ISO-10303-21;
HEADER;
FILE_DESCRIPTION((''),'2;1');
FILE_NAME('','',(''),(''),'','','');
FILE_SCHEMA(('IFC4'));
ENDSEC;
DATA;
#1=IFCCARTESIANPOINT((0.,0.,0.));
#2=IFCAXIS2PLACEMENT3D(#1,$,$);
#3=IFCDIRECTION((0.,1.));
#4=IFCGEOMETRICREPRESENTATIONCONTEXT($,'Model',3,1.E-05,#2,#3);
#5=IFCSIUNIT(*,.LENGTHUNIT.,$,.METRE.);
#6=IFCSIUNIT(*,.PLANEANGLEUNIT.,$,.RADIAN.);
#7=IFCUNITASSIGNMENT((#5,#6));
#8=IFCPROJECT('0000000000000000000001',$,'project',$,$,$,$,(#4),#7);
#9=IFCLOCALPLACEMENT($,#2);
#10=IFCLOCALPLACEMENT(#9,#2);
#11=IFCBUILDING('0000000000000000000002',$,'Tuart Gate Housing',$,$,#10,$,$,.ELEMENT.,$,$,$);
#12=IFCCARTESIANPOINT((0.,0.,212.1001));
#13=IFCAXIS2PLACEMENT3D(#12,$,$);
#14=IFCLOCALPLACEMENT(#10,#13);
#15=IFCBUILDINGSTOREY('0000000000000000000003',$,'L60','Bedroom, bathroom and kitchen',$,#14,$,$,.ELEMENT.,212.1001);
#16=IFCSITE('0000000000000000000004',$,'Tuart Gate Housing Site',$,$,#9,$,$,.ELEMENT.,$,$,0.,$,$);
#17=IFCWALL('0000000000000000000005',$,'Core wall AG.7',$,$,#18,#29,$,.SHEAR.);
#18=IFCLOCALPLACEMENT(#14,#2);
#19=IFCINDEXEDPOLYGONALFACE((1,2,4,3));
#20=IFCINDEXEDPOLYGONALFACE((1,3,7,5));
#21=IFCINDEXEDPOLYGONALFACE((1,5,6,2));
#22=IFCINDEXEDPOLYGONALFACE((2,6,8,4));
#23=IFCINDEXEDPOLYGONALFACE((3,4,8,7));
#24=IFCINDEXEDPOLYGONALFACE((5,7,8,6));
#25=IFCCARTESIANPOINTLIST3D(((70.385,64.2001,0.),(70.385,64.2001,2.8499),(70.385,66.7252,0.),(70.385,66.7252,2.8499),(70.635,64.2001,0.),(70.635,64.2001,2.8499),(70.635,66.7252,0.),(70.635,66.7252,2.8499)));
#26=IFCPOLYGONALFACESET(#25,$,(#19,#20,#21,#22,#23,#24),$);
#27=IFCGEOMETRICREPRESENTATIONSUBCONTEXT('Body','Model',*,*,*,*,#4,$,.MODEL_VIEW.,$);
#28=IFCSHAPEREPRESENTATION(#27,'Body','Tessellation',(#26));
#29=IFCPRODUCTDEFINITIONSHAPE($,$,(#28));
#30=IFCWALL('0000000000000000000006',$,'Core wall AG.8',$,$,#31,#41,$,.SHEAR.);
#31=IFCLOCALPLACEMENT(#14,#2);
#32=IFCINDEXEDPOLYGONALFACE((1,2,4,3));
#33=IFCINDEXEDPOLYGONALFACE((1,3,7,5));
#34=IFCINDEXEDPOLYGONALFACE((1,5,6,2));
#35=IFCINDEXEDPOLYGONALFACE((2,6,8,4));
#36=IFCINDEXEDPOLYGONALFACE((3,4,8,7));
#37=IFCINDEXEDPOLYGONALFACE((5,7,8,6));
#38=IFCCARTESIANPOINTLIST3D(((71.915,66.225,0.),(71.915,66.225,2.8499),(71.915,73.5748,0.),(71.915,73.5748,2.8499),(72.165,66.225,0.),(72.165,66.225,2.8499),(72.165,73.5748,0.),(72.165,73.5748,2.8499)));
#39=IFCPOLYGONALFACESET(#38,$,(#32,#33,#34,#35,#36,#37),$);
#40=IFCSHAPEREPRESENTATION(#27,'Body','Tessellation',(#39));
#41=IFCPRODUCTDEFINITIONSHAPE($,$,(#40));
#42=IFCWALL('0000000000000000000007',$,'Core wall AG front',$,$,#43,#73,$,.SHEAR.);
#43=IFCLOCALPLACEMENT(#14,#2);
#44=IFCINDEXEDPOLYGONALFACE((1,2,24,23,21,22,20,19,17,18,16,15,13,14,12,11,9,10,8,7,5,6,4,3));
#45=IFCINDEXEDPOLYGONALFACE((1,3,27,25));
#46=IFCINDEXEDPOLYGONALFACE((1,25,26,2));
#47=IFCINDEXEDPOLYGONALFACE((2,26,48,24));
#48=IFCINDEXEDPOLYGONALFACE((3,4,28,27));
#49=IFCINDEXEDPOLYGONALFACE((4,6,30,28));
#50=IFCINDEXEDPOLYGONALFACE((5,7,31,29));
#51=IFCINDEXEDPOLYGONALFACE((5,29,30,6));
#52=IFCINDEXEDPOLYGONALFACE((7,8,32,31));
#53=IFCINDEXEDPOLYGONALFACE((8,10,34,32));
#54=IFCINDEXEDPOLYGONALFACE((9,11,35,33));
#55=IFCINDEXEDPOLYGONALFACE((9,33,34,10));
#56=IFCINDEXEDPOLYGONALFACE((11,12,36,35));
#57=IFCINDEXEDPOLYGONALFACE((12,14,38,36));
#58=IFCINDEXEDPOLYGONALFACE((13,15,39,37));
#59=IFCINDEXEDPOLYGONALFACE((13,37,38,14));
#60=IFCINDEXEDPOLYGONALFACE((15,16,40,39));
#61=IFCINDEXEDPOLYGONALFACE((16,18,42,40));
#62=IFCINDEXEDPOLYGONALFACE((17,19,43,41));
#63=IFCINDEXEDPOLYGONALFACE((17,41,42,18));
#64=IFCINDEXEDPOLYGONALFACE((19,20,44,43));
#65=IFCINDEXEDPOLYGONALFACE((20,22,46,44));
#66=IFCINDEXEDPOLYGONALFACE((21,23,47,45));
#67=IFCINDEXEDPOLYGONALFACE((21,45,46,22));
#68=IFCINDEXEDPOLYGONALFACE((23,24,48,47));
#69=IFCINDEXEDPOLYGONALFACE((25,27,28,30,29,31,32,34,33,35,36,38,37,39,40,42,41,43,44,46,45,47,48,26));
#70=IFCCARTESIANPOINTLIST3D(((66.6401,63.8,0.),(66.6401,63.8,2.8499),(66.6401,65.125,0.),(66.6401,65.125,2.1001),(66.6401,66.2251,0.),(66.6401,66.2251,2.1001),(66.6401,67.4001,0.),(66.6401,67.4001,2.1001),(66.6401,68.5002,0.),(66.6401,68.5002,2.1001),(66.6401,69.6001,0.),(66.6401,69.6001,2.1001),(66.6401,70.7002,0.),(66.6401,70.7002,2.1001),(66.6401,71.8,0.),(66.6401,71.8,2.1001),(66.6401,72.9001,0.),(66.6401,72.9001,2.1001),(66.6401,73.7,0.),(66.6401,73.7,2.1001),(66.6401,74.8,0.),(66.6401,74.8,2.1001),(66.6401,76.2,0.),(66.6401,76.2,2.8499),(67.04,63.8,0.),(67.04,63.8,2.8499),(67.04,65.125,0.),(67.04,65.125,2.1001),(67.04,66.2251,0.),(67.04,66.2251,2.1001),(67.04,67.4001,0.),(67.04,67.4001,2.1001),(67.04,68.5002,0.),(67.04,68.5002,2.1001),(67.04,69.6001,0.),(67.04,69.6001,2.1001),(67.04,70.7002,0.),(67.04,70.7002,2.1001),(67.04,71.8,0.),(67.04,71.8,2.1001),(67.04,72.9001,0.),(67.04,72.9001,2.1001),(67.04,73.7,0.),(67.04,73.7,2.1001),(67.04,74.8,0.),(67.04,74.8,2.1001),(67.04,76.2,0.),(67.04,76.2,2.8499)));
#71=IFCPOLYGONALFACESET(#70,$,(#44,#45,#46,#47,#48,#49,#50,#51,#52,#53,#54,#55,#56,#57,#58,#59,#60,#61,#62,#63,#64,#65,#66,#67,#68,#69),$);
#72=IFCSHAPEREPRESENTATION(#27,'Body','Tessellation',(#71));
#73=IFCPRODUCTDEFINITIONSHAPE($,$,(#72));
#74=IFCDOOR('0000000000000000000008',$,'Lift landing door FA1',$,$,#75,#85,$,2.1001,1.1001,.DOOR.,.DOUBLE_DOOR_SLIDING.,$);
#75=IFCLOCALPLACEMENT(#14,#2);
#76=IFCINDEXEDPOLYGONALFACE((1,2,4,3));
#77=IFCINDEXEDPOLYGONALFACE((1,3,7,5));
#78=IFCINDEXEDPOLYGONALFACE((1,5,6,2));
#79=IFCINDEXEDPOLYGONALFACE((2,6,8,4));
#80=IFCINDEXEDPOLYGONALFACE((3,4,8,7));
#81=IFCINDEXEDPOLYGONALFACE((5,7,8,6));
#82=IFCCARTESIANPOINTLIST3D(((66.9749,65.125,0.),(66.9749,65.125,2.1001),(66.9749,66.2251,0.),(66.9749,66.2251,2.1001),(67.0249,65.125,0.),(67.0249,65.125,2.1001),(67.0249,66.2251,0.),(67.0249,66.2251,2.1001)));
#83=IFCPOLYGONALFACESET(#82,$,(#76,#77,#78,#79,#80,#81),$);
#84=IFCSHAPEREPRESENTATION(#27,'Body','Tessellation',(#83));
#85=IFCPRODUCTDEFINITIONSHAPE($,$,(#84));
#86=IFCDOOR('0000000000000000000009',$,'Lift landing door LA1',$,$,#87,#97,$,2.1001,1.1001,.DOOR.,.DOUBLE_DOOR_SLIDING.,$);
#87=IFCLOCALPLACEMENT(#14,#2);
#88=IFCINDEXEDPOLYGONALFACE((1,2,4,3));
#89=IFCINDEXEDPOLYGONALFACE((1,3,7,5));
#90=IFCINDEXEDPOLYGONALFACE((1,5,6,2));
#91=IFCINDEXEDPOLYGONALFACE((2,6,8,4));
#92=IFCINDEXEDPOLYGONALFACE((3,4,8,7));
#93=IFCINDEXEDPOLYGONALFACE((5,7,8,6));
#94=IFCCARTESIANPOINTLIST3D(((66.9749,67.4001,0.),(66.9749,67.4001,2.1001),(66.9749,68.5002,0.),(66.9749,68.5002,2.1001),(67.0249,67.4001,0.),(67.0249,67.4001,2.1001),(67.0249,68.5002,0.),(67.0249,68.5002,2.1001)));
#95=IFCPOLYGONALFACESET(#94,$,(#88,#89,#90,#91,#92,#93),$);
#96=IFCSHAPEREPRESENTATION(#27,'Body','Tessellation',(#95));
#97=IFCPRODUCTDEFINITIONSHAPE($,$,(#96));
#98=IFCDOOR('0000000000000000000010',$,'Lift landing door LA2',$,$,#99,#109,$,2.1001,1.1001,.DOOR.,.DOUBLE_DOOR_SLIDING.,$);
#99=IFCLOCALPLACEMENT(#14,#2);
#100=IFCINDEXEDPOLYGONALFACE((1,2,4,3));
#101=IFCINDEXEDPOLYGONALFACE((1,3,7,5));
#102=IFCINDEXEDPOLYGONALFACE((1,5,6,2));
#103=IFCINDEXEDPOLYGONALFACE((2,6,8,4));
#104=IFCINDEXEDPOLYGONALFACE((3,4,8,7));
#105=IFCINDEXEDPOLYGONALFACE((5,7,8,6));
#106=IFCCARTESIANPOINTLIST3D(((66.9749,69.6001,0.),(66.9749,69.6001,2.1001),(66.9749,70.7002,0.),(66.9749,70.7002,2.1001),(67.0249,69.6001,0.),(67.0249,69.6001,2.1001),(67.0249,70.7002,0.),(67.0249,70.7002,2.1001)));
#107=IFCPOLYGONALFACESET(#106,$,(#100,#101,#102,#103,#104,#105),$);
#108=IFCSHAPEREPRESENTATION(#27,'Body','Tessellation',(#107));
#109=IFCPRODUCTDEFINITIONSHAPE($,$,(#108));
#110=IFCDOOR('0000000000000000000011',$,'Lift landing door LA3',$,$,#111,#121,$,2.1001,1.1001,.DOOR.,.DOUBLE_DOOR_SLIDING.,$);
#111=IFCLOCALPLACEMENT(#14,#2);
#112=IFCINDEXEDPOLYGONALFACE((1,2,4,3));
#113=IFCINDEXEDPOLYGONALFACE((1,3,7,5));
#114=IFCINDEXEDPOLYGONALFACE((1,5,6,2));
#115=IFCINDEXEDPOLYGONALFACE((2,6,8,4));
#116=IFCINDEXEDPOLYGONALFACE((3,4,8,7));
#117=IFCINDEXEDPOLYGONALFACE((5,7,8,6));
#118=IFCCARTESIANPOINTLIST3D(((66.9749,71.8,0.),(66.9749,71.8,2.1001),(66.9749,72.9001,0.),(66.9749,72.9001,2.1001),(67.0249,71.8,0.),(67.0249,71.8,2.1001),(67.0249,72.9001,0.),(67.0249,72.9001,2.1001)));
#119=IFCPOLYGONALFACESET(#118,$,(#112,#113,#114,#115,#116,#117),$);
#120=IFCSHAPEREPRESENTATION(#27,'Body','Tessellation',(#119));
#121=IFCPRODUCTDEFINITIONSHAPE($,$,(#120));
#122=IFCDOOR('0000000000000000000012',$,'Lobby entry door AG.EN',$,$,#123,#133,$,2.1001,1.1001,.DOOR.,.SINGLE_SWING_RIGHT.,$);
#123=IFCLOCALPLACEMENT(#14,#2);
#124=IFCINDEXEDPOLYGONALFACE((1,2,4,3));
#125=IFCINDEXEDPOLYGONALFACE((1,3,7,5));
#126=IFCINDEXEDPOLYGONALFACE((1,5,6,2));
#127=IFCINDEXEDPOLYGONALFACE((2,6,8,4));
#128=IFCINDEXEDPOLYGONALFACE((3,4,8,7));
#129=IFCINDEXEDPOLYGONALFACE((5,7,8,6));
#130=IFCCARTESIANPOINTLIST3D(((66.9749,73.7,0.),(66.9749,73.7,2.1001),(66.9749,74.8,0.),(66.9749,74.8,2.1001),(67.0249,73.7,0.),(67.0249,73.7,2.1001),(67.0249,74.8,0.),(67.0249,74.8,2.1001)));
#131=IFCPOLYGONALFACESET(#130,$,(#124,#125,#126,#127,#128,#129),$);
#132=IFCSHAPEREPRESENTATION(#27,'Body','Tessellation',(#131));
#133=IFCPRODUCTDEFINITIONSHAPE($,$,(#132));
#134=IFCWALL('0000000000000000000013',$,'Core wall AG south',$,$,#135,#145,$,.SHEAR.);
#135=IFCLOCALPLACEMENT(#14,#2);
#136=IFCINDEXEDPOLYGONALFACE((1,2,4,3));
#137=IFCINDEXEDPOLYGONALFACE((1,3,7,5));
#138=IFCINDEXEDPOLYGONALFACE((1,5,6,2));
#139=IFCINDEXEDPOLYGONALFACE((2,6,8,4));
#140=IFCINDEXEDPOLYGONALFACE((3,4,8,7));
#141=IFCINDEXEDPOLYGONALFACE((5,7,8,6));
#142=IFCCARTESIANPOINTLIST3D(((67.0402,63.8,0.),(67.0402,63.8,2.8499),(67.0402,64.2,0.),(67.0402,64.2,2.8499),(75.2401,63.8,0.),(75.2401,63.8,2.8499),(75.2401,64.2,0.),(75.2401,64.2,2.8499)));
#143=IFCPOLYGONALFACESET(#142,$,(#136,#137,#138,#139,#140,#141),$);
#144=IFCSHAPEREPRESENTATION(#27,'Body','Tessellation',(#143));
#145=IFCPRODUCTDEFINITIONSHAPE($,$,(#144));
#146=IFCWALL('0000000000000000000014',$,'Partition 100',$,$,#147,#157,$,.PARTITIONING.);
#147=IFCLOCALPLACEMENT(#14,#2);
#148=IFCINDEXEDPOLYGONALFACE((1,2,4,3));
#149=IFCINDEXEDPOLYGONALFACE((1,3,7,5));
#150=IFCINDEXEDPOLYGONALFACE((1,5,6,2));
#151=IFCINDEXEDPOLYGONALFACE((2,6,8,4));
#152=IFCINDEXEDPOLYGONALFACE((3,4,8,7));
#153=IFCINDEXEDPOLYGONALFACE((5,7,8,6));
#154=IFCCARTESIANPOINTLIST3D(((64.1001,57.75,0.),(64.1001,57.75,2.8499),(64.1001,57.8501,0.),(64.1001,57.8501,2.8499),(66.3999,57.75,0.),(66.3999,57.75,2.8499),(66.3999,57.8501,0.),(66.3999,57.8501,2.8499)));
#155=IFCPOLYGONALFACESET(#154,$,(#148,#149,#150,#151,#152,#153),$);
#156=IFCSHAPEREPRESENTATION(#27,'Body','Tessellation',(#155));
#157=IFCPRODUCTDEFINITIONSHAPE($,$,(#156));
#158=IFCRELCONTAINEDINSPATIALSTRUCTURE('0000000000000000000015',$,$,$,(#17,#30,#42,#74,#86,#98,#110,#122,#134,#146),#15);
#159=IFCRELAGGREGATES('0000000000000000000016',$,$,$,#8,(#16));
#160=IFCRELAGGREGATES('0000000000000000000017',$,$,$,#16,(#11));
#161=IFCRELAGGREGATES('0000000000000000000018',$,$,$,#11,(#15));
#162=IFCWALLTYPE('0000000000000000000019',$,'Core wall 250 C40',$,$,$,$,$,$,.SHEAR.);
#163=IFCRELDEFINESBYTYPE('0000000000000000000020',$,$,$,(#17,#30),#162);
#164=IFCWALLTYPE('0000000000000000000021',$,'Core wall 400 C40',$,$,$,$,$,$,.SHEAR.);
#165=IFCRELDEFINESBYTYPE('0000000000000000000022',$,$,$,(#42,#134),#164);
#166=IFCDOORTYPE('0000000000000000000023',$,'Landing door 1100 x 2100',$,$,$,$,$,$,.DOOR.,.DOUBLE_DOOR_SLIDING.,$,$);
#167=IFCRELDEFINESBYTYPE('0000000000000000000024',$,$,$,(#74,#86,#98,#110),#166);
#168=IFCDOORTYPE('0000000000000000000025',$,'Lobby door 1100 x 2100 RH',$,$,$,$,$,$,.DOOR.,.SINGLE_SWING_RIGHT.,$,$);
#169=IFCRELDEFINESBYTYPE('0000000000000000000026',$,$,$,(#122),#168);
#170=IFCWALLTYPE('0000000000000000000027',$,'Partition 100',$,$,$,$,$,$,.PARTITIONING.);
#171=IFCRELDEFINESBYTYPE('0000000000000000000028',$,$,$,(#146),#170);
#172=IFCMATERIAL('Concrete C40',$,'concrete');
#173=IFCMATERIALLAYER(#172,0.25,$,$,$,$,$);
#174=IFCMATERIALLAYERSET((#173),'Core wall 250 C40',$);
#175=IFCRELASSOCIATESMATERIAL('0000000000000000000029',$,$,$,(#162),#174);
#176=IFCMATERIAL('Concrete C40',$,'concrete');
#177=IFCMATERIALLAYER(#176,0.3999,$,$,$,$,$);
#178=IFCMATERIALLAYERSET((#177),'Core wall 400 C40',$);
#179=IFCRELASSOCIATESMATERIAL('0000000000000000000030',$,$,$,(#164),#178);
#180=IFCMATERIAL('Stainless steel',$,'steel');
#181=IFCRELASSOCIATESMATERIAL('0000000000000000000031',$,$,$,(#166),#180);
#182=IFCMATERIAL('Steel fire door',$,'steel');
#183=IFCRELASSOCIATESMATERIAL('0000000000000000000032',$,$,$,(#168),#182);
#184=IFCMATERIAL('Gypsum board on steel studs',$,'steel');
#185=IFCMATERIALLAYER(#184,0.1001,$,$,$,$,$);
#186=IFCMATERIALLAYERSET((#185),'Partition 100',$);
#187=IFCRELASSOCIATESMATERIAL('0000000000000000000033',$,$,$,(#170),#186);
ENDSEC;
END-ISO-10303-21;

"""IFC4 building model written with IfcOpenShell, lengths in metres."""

from ifc_helpers import new_model, si_unit, direction, frame, frame_2d, origin, place, context, subcontext, project, spatial, rectangle, extrude, material, layer, layer_set, type_object, element, fill, save


model = new_model("IFC4")

# Units and contexts
model_context = context("Model", 3, precision=1e-05, world=origin(), true_north=direction((0.0, 1.0)))
body_context = subcontext(model_context, "Body", "Model", "MODEL_VIEW")
ifc_project = project(units=[si_unit("LENGTHUNIT", "METRE"), si_unit("PLANEANGLEUNIT", "RADIAN")], contexts=[model_context])

# Site, building, storey
site_placement = place(None, origin())
site = spatial("IfcSite", under=ifc_project, at=site_placement, Name="Tuart Gate Housing Site", CompositionType="ELEMENT", RefElevation=0.0)
building_placement = place(site_placement, origin())
building = spatial("IfcBuilding", under=site, at=building_placement, Name="Tuart Gate Housing", CompositionType="ELEMENT")
storey_placement = place(building_placement, frame((0.0, 0.0, 212.1001)))
storey = spatial("IfcBuildingStorey", under=building, at=storey_placement, Name="L60", Description="Bedroom, bathroom and kitchen", CompositionType="ELEMENT", Elevation=212.1001)

# Walls
ifc_material_1 = material(Name="Concrete C40", Category="concrete")
ifc_layer_1 = layer(ifc_material_1, 0.25)
ifc_layer_set_1 = layer_set([ifc_layer_1], Name="Core wall 250 C40")
wall_type_1 = type_object("IfcWallType", Name="Core wall 250 C40", PredefinedType="SHEAR", material=ifc_layer_set_1)
wall_1_placement = place(storey_placement, frame((70.51, 64.2, 0.0), z_axis=(0.0, 0.0, 1.0), x_axis=(0.0, 1.0, 0.0)))
element("IfcWall", 1, at=wall_1_placement, inside=storey, type_object=wall_type_1, Name="Core wall AG.7", PredefinedType="SHEAR", context=body_context, shape_type="SweptSolid", body=[
    extrude(rectangle(XDim=2.5251, YDim=0.25, at=frame_2d((1.2627, 0.0))), origin(), (0.0, 0.0, 1.0), 2.8499),
])
wall_2_placement = place(storey_placement, frame((72.04, 66.2251, 0.0), z_axis=(0.0, 0.0, 1.0), x_axis=(0.0, 1.0, 0.0)))
element("IfcWall", 2, at=wall_2_placement, inside=storey, type_object=wall_type_1, Name="Core wall AG.8", PredefinedType="SHEAR", context=body_context, shape_type="SweptSolid", body=[
    extrude(rectangle(XDim=7.3499, YDim=0.25, at=frame_2d((3.6748, 0.0))), origin(), (0.0, 0.0, 1.0), 2.8499),
])

# Wall, openings, doors
ifc_material_2 = material(Name="Concrete C40", Category="concrete")
ifc_layer_2 = layer(ifc_material_2, 0.3999)
ifc_layer_set_2 = layer_set([ifc_layer_2], Name="Core wall 400 C40")
wall_type_2 = type_object("IfcWallType", Name="Core wall 400 C40", PredefinedType="SHEAR", material=ifc_layer_set_2)
wall_3_placement = place(storey_placement, frame((66.8401, 63.8, 0.0), z_axis=(0.0, 0.0, 1.0), x_axis=(0.0, 1.0, 0.0)))
wall_3 = element("IfcWall", 3, at=wall_3_placement, inside=storey, type_object=wall_type_2, Name="Core wall AG front", PredefinedType="SHEAR", context=body_context, shape_type="SweptSolid", body=[
    extrude(rectangle(XDim=12.3999, YDim=0.3999, at=frame_2d((6.2, 0.0))), origin(), (0.0, 0.0, 1.0), 2.8499),
])
opening_1_placement = place(wall_3_placement, frame((1.325, 0.0, 0.0)))
opening_1 = element("IfcOpeningElement", 4, at=opening_1_placement, cuts=wall_3, PredefinedType="OPENING", context=body_context, shape_type="SweptSolid", body=[
    extrude(rectangle(XDim=1.1001, YDim=2.1001, at=frame_2d((0.55, 1.05))), frame((0.0, 0.21, 0.0), z_axis=(0.0, -1.0, 0.0), x_axis=(1.0, 0.0, 0.0)), (0.0, 0.0, 1.0), 0.4199),
])
opening_2_placement = place(wall_3_placement, frame((3.6001, 0.0, 0.0)))
opening_2 = element("IfcOpeningElement", 5, at=opening_2_placement, cuts=wall_3, PredefinedType="OPENING", context=body_context, shape_type="SweptSolid", body=[
    extrude(rectangle(XDim=1.1001, YDim=2.1001, at=frame_2d((0.55, 1.05))), frame((0.0, 0.21, 0.0), z_axis=(0.0, -1.0, 0.0), x_axis=(1.0, 0.0, 0.0)), (0.0, 0.0, 1.0), 0.4199),
])
opening_3_placement = place(wall_3_placement, frame((5.8, 0.0, 0.0)))
opening_3 = element("IfcOpeningElement", 6, at=opening_3_placement, cuts=wall_3, PredefinedType="OPENING", context=body_context, shape_type="SweptSolid", body=[
    extrude(rectangle(XDim=1.1001, YDim=2.1001, at=frame_2d((0.55, 1.05))), frame((0.0, 0.21, 0.0), z_axis=(0.0, -1.0, 0.0), x_axis=(1.0, 0.0, 0.0)), (0.0, 0.0, 1.0), 0.4199),
])
opening_4_placement = place(wall_3_placement, frame((8.0, 0.0, 0.0)))
opening_4 = element("IfcOpeningElement", 7, at=opening_4_placement, cuts=wall_3, PredefinedType="OPENING", context=body_context, shape_type="SweptSolid", body=[
    extrude(rectangle(XDim=1.1001, YDim=2.1001, at=frame_2d((0.55, 1.05))), frame((0.0, 0.21, 0.0), z_axis=(0.0, -1.0, 0.0), x_axis=(1.0, 0.0, 0.0)), (0.0, 0.0, 1.0), 0.4199),
])
opening_5_placement = place(wall_3_placement, frame((9.8999, 0.0, 0.0)))
opening_5 = element("IfcOpeningElement", 8, at=opening_5_placement, cuts=wall_3, PredefinedType="OPENING", context=body_context, shape_type="SweptSolid", body=[
    extrude(rectangle(XDim=1.1001, YDim=2.1001, at=frame_2d((0.55, 1.05))), frame((0.0, 0.21, 0.0), z_axis=(0.0, -1.0, 0.0), x_axis=(1.0, 0.0, 0.0)), (0.0, 0.0, 1.0), 0.4199),
])
ifc_material_3 = material(Name="Stainless steel", Category="steel")
door_type_1 = type_object("IfcDoorType", Name="Landing door 1100 x 2100", OperationType="DOUBLE_DOOR_SLIDING", PredefinedType="DOOR", material=ifc_material_3)
door_1_placement = place(opening_1_placement, origin())
door_1 = element("IfcDoor", 9, at=door_1_placement, inside=storey, type_object=door_type_1, Name="Lift landing door FA1", OperationType="DOUBLE_DOOR_SLIDING", OverallHeight=2.1001, OverallWidth=1.1001, PredefinedType="DOOR", context=body_context, shape_type="SweptSolid", body=[
    extrude(rectangle(XDim=1.1001, YDim=2.1001, at=frame_2d((0.55, 1.05))), frame((0.0, -0.1348, 0.0), z_axis=(0.0, -1.0, 0.0), x_axis=(1.0, 0.0, 0.0)), (0.0, 0.0, 1.0), 0.05),
])
fill(opening_1, door_1)
door_2_placement = place(opening_2_placement, origin())
door_2 = element("IfcDoor", 10, at=door_2_placement, inside=storey, type_object=door_type_1, Name="Lift landing door LA1", OperationType="DOUBLE_DOOR_SLIDING", OverallHeight=2.1001, OverallWidth=1.1001, PredefinedType="DOOR", context=body_context, shape_type="SweptSolid", body=[
    extrude(rectangle(XDim=1.1001, YDim=2.1001, at=frame_2d((0.55, 1.05))), frame((0.0, -0.1348, 0.0), z_axis=(0.0, -1.0, 0.0), x_axis=(1.0, 0.0, 0.0)), (0.0, 0.0, 1.0), 0.05),
])
fill(opening_2, door_2)
door_3_placement = place(opening_3_placement, origin())
door_3 = element("IfcDoor", 11, at=door_3_placement, inside=storey, type_object=door_type_1, Name="Lift landing door LA2", OperationType="DOUBLE_DOOR_SLIDING", OverallHeight=2.1001, OverallWidth=1.1001, PredefinedType="DOOR", context=body_context, shape_type="SweptSolid", body=[
    extrude(rectangle(XDim=1.1001, YDim=2.1001, at=frame_2d((0.55, 1.05))), frame((0.0, -0.1348, 0.0), z_axis=(0.0, -1.0, 0.0), x_axis=(1.0, 0.0, 0.0)), (0.0, 0.0, 1.0), 0.05),
])
fill(opening_3, door_3)
door_4_placement = place(opening_4_placement, origin())
door_4 = element("IfcDoor", 12, at=door_4_placement, inside=storey, type_object=door_type_1, Name="Lift landing door LA3", OperationType="DOUBLE_DOOR_SLIDING", OverallHeight=2.1001, OverallWidth=1.1001, PredefinedType="DOOR", context=body_context, shape_type="SweptSolid", body=[
    extrude(rectangle(XDim=1.1001, YDim=2.1001, at=frame_2d((0.55, 1.05))), frame((0.0, -0.1348, 0.0), z_axis=(0.0, -1.0, 0.0), x_axis=(1.0, 0.0, 0.0)), (0.0, 0.0, 1.0), 0.05),
])
fill(opening_4, door_4)
ifc_material_4 = material(Name="Steel fire door", Category="steel")
door_type_2 = type_object("IfcDoorType", Name="Lobby door 1100 x 2100 RH", OperationType="SINGLE_SWING_RIGHT", PredefinedType="DOOR", material=ifc_material_4)
door_5_placement = place(opening_5_placement, frame((1.1001, 0.0, 0.0), z_axis=(0.0, 0.0, 1.0), x_axis=(-1.0, 0.0, 0.0)))
door_5 = element("IfcDoor", 13, at=door_5_placement, inside=storey, type_object=door_type_2, Name="Lobby entry door AG.EN", OperationType="SINGLE_SWING_RIGHT", OverallHeight=2.1001, OverallWidth=1.1001, PredefinedType="DOOR", context=body_context, shape_type="SweptSolid", body=[
    extrude(rectangle(XDim=1.1001, YDim=2.1001, at=frame_2d((0.55, 1.05))), frame((0.0, 0.1848, 0.0), z_axis=(0.0, -1.0, 0.0), x_axis=(1.0, 0.0, 0.0)), (0.0, 0.0, 1.0), 0.05),
])
fill(opening_5, door_5)

# Walls
wall_4_placement = place(storey_placement, frame((67.04, 64.0, 0.0), z_axis=(0.0, 0.0, 1.0), x_axis=(1.0, 0.0, 0.0)))
element("IfcWall", 14, at=wall_4_placement, inside=storey, type_object=wall_type_2, Name="Core wall AG south", PredefinedType="SHEAR", context=body_context, shape_type="SweptSolid", body=[
    extrude(rectangle(XDim=8.2, YDim=0.3999, at=frame_2d((4.1001, 0.0))), origin(), (0.0, 0.0, 1.0), 2.8499),
])
ifc_material_5 = material(Name="Gypsum board on steel studs", Category="steel")
ifc_layer_3 = layer(ifc_material_5, 0.1001)
ifc_layer_set_3 = layer_set([ifc_layer_3], Name="Partition 100")
wall_type_3 = type_object("IfcWallType", Name="Partition 100", PredefinedType="PARTITIONING", material=ifc_layer_set_3)
wall_5_placement = place(storey_placement, frame((64.1001, 57.8, 0.0), z_axis=(0.0, 0.0, 1.0), x_axis=(1.0, 0.0, 0.0)))
element("IfcWall", 15, at=wall_5_placement, inside=storey, type_object=wall_type_3, Name="Partition 100", PredefinedType="PARTITIONING", context=body_context, shape_type="SweptSolid", body=[
    extrude(rectangle(XDim=2.2998, YDim=0.1001, at=frame_2d((1.1499, 0.0))), origin(), (0.0, 0.0, 1.0), 2.8499),
])

save(model, "model.ifc")
